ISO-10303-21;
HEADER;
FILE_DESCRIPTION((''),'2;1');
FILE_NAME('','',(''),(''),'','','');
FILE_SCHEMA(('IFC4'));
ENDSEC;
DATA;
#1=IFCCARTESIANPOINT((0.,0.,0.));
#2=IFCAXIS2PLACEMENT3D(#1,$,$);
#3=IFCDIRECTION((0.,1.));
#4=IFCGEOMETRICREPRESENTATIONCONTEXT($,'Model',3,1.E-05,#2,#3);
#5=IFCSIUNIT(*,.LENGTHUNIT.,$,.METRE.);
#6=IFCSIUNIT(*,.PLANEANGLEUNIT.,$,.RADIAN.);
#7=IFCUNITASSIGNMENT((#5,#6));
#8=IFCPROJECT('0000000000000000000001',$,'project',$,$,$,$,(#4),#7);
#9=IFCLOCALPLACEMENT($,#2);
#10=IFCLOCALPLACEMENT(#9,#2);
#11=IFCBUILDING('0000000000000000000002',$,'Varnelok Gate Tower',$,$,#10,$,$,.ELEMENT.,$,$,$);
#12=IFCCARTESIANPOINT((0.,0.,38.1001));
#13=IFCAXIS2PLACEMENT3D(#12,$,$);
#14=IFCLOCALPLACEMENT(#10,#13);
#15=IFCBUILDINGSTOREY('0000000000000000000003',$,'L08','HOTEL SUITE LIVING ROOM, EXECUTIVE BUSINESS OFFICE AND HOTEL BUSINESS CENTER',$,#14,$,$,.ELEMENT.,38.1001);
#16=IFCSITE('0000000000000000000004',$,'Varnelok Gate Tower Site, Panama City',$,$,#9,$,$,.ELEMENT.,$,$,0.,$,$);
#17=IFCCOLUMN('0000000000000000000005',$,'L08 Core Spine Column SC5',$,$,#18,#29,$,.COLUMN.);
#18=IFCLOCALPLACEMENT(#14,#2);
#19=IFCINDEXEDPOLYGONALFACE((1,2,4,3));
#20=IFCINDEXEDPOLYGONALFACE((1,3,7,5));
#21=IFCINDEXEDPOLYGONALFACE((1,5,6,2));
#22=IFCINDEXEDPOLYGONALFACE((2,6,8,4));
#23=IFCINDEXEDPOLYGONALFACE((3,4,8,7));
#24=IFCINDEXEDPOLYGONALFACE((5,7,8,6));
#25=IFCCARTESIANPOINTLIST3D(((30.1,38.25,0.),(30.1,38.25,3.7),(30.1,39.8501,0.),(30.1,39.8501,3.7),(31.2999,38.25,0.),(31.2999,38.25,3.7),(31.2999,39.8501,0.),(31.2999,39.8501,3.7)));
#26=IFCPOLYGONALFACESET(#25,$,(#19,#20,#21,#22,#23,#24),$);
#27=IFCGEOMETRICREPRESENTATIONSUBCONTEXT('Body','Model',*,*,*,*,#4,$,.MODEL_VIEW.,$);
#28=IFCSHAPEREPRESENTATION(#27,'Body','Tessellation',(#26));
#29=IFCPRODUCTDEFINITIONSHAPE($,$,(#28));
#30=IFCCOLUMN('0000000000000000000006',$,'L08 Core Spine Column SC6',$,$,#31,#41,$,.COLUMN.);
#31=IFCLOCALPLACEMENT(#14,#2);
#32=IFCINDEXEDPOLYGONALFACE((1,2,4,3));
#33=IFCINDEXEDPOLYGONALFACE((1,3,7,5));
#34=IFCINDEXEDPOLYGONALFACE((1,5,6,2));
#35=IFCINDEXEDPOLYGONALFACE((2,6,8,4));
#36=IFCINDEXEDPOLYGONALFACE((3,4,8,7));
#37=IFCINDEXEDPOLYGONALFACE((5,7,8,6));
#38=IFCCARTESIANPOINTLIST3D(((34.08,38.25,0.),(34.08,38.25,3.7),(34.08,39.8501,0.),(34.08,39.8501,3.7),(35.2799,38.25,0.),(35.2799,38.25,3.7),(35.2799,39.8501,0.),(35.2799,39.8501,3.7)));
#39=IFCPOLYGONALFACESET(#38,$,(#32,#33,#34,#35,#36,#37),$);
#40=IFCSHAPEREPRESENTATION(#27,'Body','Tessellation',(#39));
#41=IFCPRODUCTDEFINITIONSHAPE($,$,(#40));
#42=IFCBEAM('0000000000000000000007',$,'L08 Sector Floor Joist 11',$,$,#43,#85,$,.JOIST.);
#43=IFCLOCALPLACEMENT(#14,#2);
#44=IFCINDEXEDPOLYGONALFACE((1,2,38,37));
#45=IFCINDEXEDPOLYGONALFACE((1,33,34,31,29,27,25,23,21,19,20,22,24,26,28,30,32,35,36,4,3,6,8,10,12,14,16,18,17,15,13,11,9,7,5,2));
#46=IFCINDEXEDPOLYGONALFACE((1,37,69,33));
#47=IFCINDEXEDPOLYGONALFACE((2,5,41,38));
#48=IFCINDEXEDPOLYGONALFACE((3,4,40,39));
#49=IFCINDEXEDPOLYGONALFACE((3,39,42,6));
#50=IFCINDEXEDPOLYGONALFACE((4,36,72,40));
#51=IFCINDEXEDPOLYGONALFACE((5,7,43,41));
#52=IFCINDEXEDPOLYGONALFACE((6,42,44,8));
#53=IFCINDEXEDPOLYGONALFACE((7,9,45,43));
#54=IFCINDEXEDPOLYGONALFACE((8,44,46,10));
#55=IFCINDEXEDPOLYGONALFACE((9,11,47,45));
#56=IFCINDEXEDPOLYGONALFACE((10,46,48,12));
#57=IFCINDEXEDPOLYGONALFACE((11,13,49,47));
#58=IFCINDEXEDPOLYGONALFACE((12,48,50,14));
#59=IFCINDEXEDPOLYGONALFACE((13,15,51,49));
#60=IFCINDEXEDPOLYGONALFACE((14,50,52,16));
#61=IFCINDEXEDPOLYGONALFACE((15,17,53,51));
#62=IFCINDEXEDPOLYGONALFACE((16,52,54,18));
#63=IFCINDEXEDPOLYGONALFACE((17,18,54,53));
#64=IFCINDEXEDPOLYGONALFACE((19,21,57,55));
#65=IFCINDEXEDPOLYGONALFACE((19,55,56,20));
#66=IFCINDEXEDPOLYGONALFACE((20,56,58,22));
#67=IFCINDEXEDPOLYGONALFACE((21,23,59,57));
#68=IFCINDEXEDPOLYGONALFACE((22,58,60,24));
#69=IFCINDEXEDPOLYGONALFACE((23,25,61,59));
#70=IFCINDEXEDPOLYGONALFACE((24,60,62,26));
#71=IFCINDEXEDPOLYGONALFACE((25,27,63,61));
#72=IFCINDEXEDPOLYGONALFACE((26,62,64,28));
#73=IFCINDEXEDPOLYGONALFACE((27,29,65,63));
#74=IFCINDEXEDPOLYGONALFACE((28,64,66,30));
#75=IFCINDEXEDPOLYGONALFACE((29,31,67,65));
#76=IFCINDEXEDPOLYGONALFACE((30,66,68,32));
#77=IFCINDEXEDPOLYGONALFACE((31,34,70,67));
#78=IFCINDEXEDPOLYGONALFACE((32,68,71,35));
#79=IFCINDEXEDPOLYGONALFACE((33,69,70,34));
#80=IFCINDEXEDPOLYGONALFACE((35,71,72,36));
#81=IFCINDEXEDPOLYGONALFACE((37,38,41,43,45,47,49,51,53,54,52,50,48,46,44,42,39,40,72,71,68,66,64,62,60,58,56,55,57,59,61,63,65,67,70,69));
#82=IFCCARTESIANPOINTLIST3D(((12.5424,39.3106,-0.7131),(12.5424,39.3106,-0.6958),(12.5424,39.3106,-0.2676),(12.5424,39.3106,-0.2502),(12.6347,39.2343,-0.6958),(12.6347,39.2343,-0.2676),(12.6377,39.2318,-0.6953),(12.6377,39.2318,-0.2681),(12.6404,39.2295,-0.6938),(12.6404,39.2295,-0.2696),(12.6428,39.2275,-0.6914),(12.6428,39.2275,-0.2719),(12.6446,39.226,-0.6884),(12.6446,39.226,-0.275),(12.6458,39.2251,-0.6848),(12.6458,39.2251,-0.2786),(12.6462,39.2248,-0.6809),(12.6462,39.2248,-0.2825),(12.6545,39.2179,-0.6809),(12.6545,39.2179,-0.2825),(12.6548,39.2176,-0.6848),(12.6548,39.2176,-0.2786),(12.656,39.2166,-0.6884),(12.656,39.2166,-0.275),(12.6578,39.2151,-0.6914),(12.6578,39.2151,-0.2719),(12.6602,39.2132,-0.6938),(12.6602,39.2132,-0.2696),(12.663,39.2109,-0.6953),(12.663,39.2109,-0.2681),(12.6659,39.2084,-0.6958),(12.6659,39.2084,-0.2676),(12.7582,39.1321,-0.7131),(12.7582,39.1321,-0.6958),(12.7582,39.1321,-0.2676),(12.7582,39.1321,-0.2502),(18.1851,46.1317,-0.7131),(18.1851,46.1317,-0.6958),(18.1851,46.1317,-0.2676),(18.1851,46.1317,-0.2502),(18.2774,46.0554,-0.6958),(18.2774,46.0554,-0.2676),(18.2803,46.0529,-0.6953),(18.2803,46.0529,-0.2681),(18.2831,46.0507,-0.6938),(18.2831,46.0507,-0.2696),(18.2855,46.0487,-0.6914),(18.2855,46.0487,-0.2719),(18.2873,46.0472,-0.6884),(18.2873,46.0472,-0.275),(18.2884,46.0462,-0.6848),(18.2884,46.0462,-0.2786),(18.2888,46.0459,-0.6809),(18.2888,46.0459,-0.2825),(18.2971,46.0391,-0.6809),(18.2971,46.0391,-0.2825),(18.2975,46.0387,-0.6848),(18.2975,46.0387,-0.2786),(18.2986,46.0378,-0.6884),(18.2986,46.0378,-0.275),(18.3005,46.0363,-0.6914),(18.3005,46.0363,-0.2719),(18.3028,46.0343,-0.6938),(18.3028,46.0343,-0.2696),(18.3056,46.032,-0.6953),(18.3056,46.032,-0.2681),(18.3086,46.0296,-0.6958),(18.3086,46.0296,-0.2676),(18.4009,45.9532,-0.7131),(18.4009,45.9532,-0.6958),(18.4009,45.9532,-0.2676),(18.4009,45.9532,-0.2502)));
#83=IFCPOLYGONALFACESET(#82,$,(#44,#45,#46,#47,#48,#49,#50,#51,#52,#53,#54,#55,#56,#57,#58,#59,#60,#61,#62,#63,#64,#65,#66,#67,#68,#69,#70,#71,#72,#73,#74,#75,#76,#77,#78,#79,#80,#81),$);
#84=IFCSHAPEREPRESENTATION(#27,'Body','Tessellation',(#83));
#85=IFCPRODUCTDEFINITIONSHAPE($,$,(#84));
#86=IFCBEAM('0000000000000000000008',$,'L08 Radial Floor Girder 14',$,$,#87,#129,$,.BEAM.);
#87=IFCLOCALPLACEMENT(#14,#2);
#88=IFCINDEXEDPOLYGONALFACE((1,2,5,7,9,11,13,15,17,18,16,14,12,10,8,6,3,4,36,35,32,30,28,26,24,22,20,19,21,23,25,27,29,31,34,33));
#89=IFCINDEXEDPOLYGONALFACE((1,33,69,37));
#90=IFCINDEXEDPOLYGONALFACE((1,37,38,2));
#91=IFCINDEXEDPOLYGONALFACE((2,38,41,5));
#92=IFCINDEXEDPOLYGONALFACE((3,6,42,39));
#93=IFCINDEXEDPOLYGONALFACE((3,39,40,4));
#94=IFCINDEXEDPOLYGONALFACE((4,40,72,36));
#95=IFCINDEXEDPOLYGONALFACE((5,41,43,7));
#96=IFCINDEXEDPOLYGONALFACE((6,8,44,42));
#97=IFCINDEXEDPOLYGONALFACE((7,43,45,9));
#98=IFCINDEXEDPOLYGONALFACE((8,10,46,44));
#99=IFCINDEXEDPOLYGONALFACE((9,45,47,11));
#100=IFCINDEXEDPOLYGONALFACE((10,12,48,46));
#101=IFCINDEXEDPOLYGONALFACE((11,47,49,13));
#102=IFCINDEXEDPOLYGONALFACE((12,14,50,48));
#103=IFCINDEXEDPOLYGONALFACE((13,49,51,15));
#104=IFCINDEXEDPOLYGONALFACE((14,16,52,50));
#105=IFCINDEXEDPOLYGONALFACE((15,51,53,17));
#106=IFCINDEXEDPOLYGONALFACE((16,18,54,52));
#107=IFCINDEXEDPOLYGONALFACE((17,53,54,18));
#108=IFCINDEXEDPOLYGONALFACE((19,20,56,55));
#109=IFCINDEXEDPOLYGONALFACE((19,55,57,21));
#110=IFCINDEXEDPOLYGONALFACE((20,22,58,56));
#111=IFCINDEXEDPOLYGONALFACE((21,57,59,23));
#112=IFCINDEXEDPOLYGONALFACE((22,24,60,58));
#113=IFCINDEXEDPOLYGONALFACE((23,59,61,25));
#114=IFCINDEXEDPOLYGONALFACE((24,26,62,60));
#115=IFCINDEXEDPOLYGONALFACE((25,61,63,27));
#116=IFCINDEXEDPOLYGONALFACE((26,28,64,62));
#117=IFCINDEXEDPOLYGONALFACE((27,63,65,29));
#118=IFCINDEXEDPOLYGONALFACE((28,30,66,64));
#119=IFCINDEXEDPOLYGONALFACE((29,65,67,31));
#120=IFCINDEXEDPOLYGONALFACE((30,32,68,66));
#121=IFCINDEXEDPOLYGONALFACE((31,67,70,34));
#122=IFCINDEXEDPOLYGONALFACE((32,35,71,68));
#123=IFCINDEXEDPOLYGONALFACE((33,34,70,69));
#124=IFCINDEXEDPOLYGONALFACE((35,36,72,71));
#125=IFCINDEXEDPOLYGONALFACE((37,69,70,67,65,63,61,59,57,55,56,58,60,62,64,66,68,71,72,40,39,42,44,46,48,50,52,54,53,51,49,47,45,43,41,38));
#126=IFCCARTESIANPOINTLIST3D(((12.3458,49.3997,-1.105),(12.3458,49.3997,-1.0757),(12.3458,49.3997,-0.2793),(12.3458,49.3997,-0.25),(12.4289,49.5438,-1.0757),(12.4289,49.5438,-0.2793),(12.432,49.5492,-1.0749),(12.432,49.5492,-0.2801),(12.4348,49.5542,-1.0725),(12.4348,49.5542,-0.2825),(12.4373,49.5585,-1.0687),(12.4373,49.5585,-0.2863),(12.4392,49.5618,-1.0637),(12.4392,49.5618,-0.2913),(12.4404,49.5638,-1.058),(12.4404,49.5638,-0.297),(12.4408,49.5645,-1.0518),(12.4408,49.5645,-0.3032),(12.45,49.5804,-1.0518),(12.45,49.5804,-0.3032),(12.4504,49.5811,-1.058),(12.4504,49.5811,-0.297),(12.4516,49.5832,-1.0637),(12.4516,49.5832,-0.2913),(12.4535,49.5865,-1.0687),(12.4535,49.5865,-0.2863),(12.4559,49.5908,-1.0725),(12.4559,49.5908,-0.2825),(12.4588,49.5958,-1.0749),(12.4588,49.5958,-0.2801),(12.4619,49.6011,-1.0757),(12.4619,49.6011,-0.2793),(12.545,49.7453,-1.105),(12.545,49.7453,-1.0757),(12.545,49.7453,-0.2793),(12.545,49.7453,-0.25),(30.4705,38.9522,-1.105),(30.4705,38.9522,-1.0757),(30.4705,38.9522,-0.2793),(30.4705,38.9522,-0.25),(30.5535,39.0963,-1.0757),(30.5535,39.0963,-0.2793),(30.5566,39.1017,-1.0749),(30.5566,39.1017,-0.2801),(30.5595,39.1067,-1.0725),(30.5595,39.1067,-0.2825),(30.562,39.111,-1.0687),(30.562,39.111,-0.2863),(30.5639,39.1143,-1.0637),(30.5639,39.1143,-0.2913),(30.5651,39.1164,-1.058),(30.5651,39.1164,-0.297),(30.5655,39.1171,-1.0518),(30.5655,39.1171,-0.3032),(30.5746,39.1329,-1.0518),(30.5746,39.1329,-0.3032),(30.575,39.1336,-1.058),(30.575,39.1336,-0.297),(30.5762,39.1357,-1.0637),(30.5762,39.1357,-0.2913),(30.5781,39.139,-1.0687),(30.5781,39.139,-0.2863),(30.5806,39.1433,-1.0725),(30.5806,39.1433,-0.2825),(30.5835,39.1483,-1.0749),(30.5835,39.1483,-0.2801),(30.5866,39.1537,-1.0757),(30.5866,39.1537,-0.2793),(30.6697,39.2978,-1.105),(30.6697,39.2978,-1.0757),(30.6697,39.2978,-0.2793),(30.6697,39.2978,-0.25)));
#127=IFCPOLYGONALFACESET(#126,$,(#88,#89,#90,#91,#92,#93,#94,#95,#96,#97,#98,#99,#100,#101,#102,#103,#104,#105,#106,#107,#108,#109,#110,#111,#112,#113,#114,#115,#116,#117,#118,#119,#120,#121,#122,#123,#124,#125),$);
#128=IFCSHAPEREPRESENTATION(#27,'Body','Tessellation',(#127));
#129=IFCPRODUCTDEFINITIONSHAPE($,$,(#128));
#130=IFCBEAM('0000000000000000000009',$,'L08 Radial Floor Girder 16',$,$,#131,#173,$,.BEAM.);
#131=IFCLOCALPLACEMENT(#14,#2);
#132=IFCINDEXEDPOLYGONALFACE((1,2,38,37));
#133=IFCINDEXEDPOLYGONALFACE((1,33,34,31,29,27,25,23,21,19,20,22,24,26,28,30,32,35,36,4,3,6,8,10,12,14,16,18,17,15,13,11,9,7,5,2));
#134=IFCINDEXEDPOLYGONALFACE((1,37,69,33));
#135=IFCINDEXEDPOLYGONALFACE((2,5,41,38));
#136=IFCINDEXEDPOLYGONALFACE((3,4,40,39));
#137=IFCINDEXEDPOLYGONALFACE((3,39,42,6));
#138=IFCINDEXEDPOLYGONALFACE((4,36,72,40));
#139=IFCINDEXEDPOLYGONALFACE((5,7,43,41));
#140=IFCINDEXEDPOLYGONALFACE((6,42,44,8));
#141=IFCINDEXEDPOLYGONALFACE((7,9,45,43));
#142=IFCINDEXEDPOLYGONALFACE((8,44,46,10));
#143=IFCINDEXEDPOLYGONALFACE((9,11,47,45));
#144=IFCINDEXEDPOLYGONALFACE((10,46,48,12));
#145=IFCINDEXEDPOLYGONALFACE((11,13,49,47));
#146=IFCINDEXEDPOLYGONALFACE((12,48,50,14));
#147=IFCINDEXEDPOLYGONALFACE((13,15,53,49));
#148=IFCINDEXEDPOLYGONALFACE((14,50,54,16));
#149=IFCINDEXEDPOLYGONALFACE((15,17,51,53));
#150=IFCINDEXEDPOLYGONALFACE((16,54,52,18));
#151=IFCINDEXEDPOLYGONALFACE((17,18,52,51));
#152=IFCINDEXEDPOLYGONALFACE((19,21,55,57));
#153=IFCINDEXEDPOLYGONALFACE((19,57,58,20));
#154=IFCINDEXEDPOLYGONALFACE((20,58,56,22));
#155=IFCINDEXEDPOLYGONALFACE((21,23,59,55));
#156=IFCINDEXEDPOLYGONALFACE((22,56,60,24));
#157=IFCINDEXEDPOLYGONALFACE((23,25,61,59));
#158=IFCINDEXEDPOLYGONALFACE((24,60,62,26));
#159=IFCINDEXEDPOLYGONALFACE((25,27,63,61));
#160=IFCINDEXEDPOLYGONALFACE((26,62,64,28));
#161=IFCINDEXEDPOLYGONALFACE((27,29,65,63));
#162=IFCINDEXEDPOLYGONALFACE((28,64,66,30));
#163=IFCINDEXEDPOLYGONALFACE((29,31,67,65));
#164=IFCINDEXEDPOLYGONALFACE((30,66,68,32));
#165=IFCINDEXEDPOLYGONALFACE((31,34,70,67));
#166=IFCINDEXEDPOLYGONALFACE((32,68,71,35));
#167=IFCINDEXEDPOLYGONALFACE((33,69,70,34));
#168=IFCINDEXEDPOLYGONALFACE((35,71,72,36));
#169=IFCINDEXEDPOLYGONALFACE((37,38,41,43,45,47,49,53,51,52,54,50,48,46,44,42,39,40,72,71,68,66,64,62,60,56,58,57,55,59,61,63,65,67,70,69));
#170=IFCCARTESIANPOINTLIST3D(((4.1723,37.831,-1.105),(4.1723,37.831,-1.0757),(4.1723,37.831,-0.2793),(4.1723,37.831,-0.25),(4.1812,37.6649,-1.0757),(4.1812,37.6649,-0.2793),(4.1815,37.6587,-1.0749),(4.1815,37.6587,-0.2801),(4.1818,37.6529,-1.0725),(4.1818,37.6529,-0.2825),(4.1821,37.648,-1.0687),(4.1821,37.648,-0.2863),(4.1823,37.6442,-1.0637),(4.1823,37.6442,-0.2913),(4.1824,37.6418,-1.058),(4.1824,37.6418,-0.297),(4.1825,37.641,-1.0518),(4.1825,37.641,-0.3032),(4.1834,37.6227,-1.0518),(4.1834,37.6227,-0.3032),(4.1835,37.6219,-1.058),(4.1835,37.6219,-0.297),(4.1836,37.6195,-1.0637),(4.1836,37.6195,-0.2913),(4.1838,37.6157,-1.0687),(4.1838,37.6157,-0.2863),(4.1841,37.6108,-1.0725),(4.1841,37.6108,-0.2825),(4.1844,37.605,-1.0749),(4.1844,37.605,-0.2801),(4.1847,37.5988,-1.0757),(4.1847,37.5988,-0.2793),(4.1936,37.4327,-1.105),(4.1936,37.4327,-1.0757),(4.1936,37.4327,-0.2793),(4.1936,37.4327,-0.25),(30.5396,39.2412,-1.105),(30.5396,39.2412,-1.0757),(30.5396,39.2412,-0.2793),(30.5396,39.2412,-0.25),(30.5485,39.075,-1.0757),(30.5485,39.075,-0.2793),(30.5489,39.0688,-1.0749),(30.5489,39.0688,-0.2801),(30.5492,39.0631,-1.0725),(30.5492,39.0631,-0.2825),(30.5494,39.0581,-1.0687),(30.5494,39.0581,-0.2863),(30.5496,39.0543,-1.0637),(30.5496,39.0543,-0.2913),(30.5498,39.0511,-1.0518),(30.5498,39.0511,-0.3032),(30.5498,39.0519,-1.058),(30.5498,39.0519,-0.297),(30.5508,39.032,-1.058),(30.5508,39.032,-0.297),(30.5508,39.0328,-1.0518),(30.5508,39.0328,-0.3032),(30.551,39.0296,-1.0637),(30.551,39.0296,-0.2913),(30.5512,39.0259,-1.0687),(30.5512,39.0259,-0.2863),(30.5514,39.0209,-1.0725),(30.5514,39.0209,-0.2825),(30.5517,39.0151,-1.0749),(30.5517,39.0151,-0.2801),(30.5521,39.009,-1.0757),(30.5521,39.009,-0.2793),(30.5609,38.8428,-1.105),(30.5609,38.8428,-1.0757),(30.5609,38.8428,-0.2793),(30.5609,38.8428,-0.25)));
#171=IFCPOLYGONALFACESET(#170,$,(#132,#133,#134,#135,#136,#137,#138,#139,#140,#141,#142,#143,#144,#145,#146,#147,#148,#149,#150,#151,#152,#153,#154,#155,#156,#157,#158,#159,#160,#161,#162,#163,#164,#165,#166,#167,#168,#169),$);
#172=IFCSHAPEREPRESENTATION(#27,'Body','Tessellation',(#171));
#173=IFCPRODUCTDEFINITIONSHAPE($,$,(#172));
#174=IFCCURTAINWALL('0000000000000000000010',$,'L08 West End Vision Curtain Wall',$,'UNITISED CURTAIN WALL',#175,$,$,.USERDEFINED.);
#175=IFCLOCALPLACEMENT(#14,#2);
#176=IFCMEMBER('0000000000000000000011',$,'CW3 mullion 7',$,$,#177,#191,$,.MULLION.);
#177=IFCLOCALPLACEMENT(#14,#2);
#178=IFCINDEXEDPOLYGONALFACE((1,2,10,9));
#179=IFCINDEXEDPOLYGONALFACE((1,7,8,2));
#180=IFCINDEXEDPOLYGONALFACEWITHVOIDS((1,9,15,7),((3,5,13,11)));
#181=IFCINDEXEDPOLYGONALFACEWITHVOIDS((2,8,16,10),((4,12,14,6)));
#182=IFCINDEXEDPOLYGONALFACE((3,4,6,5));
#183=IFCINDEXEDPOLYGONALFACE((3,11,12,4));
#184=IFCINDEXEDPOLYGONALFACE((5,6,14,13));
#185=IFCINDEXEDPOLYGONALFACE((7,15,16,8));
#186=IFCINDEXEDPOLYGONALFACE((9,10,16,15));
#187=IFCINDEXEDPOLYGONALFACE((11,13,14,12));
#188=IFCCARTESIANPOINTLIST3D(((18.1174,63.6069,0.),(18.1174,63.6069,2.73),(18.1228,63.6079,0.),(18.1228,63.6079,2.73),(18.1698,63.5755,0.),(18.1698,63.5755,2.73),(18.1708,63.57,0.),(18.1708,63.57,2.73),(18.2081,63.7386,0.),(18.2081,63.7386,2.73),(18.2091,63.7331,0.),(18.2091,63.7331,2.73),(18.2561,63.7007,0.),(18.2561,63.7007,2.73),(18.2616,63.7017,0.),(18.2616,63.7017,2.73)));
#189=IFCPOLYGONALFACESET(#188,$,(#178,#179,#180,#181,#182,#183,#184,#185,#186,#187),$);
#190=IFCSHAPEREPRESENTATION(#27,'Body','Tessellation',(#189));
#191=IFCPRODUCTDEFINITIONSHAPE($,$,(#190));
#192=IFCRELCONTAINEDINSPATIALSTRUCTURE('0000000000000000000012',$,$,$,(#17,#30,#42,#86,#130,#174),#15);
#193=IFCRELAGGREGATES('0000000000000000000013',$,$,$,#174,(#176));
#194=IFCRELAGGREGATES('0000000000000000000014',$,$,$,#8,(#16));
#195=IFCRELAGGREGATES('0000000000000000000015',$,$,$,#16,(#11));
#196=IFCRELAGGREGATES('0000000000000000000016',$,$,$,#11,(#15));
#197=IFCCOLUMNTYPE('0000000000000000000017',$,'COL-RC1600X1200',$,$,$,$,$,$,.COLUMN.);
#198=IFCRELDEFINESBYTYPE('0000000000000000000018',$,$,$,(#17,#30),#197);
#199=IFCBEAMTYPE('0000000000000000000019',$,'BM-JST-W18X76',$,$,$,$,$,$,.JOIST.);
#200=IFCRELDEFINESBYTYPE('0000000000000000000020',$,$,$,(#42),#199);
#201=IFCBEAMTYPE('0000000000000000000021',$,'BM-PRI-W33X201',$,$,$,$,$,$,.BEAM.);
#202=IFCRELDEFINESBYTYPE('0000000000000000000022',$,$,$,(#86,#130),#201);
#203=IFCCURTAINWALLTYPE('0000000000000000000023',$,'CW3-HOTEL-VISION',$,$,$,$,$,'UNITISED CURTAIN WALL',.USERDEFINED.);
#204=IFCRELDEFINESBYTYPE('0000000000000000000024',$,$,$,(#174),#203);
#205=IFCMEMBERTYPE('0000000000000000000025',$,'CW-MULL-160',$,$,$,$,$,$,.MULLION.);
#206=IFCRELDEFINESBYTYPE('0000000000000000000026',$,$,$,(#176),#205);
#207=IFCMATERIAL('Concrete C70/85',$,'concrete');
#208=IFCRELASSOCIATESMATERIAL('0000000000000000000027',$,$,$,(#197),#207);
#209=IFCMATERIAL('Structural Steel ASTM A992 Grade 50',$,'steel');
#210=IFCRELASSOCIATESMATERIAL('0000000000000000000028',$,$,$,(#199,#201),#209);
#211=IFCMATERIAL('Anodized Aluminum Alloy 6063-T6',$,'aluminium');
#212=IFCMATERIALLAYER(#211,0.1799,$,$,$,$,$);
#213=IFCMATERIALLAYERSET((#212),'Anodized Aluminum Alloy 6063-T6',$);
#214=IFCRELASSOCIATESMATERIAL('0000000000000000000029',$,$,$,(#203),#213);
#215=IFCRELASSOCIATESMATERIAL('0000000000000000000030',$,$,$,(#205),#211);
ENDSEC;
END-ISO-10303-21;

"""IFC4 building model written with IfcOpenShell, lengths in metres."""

from ifc_helpers import new_model, si_unit, direction, frame, origin, origin_2d, place, context, subcontext, project, spatial, rectangle, hollow_rectangle, i_section, extrude, material, layer, layer_set, material_profile, profile_set, type_object, element, aggregate, save


model = new_model("IFC4")

# Units and contexts
model_context = context("Model", 3, precision=1e-05, world=origin(), true_north=direction((0.0, 1.0)))
body_context = subcontext(model_context, "Body", "Model", "MODEL_VIEW")
ifc_project = project(units=[si_unit("LENGTHUNIT", "METRE"), si_unit("PLANEANGLEUNIT", "RADIAN")], contexts=[model_context])

# Site, building, storey
site_placement = place(None, origin())
site = spatial("IfcSite", under=ifc_project, at=site_placement, Name="Varnelok Gate Tower Site, Panama City", CompositionType="ELEMENT", RefElevation=0.0)
building_placement = place(site_placement, origin())
building = spatial("IfcBuilding", under=site, at=building_placement, Name="Varnelok Gate Tower", CompositionType="ELEMENT")
storey_placement = place(building_placement, frame((0.0, 0.0, 38.1001)))
storey = spatial("IfcBuildingStorey", under=building, at=storey_placement, Name="L08", Description="HOTEL SUITE LIVING ROOM, EXECUTIVE BUSINESS OFFICE AND HOTEL BUSINESS CENTER", CompositionType="ELEMENT", Elevation=38.1001)

# Columns
ifc_material_1 = material(Name="Concrete C70/85", Category="concrete")
ifc_material_profile_1 = material_profile(ifc_material_1, rectangle(XDim=1.2, YDim=1.6001, at=origin_2d()), Name="RC1600X1200")
ifc_profile_set_1 = profile_set([ifc_material_profile_1], Name="Concrete C70/85")
column_type = type_object("IfcColumnType", Name="COL-RC1600X1200", PredefinedType="COLUMN", material=ifc_profile_set_1)
for number, where, z_axis, x_axis, name in (
    (1, (30.7, 39.05, 0.0), (0.0, 0.0, 1.0), (1.0, 0.0, 0.0), "L08 Core Spine Column SC5"),
    (2, (34.6799, 39.05, 0.0), (0.0, 0.0, 1.0), (1.0, 0.0, 0.0), "L08 Core Spine Column SC6"),
):
    element("IfcColumn", number, at=place(storey_placement, frame(where, z_axis=z_axis, x_axis=x_axis)), inside=storey, type_object=column_type, Name=name, PredefinedType="COLUMN", context=body_context, shape_type="SweptSolid", body=[
        extrude(rectangle(XDim=1.2, YDim=1.6001, at=origin_2d()), origin(), (0.0, 0.0, 1.0), 3.7),
    ])

# Beams
ifc_material_2 = material(Name="Structural Steel ASTM A992 Grade 50", Category="steel")
ifc_material_profile_2 = material_profile(ifc_material_2, i_section(OverallWidth=0.28, OverallDepth=0.4629, WebThickness=0.0107, FlangeThickness=0.0173, FilletRadius=0.0149, at=origin_2d()), Name="W18X76")
ifc_profile_set_2 = profile_set([ifc_material_profile_2], Name="Structural Steel ASTM A992 Grade 50")
beam_type_1 = type_object("IfcBeamType", Name="BM-JST-W18X76", PredefinedType="JOIST", material=ifc_profile_set_2)
beam_1_placement = place(storey_placement, frame((18.293, 46.0425, -0.4817), z_axis=(-0.637405, -0.770529, 0.0), x_axis=(0.770529, -0.637405, 0.0)))
element("IfcBeam", 3, at=beam_1_placement, inside=storey, type_object=beam_type_1, Name="L08 Sector Floor Joist 11", PredefinedType="JOIST", context=body_context, shape_type="SweptSolid", body=[
    extrude(i_section(OverallWidth=0.28, OverallDepth=0.4629, WebThickness=0.0107, FlangeThickness=0.0173, FilletRadius=0.0149, at=origin_2d()), origin(), (0.0, 0.0, 1.0), 8.8525),
])
ifc_material_profile_3 = material_profile(ifc_material_2, i_section(OverallWidth=0.3989, OverallDepth=0.855, WebThickness=0.0183, FlangeThickness=0.0293, FilletRadius=0.0239, at=origin_2d()), Name="W33X201")
ifc_profile_set_3 = profile_set([ifc_material_profile_3], Name="Structural Steel ASTM A992 Grade 50")
beam_type_2 = type_object("IfcBeamType", Name="BM-PRI-W33X201", PredefinedType="BEAM", material=ifc_profile_set_3)
beam_2_placement = place(storey_placement, frame((30.5701, 39.125, -0.6775), z_axis=(-0.866373, 0.499397, 0.0), x_axis=(-0.499397, -0.866373, 0.0)))
element("IfcBeam", 4, at=beam_2_placement, inside=storey, type_object=beam_type_2, Name="L08 Radial Floor Girder 14", PredefinedType="BEAM", context=body_context, shape_type="SweptSolid", body=[
    extrude(i_section(OverallWidth=0.3989, OverallDepth=0.855, WebThickness=0.0183, FlangeThickness=0.0293, FilletRadius=0.0239, at=origin_2d()), origin(), (0.0, 0.0, 1.0), 20.9202),
])
beam_3_placement = place(storey_placement, frame((30.5503, 39.042, -0.6775), z_axis=(-0.998573, -0.053405, 0.0), x_axis=(0.053405, -0.998573, 0.0)))
element("IfcBeam", 5, at=beam_3_placement, inside=storey, type_object=beam_type_2, Name="L08 Radial Floor Girder 16", PredefinedType="BEAM", context=body_context, shape_type="SweptSolid", body=[
    extrude(i_section(OverallWidth=0.3989, OverallDepth=0.855, WebThickness=0.0183, FlangeThickness=0.0293, FilletRadius=0.0239, at=origin_2d()), origin(), (0.0, 0.0, 1.0), 26.405),
])

# Curtain wall, member
ifc_material_3 = material(Name="Anodized Aluminum Alloy 6063-T6", Category="aluminium")
ifc_layer_1 = layer(ifc_material_3, 0.1799)
ifc_layer_set_1 = layer_set([ifc_layer_1], Name="Anodized Aluminum Alloy 6063-T6")
curtain_wall_type = type_object("IfcCurtainWallType", Name="CW3-HOTEL-VISION", ElementType="UNITISED CURTAIN WALL", PredefinedType="USERDEFINED", material=ifc_layer_set_1)
curtain_wall_placement = place(storey_placement, origin())
curtain_wall = element("IfcCurtainWall", 6, at=curtain_wall_placement, inside=storey, type_object=curtain_wall_type, Name="L08 West End Vision Curtain Wall", ObjectType="UNITISED CURTAIN WALL", PredefinedType="USERDEFINED")
ifc_material_profile_4 = material_profile(ifc_material_3, hollow_rectangle(XDim=0.0649, YDim=0.1599, WallThickness=0.0039, at=origin_2d()), Name="ALU160X65X4")
ifc_profile_set_4 = profile_set([ifc_material_profile_4], Name="Anodized Aluminum Alloy 6063-T6")
member_type_1 = type_object("IfcMemberType", Name="CW-MULL-160", PredefinedType="MULLION", material=ifc_profile_set_4)
member_1_placement = place(storey_placement, frame((18.1895, 63.6543, 0.0), z_axis=(0.0, 0.0, 1.0), x_axis=(-0.823533, 0.567269, 0.0)))
member_1 = element("IfcMember", 7, at=member_1_placement, type_object=member_type_1, Name="CW3 mullion 7", PredefinedType="MULLION", context=body_context, shape_type="SweptSolid", body=[
    extrude(hollow_rectangle(XDim=0.0649, YDim=0.1599, WallThickness=0.0039, at=origin_2d()), origin(), (0.0, 0.0, 1.0), 2.73),
])
aggregate(curtain_wall, [member_1])

save(model, "model.ifc")
